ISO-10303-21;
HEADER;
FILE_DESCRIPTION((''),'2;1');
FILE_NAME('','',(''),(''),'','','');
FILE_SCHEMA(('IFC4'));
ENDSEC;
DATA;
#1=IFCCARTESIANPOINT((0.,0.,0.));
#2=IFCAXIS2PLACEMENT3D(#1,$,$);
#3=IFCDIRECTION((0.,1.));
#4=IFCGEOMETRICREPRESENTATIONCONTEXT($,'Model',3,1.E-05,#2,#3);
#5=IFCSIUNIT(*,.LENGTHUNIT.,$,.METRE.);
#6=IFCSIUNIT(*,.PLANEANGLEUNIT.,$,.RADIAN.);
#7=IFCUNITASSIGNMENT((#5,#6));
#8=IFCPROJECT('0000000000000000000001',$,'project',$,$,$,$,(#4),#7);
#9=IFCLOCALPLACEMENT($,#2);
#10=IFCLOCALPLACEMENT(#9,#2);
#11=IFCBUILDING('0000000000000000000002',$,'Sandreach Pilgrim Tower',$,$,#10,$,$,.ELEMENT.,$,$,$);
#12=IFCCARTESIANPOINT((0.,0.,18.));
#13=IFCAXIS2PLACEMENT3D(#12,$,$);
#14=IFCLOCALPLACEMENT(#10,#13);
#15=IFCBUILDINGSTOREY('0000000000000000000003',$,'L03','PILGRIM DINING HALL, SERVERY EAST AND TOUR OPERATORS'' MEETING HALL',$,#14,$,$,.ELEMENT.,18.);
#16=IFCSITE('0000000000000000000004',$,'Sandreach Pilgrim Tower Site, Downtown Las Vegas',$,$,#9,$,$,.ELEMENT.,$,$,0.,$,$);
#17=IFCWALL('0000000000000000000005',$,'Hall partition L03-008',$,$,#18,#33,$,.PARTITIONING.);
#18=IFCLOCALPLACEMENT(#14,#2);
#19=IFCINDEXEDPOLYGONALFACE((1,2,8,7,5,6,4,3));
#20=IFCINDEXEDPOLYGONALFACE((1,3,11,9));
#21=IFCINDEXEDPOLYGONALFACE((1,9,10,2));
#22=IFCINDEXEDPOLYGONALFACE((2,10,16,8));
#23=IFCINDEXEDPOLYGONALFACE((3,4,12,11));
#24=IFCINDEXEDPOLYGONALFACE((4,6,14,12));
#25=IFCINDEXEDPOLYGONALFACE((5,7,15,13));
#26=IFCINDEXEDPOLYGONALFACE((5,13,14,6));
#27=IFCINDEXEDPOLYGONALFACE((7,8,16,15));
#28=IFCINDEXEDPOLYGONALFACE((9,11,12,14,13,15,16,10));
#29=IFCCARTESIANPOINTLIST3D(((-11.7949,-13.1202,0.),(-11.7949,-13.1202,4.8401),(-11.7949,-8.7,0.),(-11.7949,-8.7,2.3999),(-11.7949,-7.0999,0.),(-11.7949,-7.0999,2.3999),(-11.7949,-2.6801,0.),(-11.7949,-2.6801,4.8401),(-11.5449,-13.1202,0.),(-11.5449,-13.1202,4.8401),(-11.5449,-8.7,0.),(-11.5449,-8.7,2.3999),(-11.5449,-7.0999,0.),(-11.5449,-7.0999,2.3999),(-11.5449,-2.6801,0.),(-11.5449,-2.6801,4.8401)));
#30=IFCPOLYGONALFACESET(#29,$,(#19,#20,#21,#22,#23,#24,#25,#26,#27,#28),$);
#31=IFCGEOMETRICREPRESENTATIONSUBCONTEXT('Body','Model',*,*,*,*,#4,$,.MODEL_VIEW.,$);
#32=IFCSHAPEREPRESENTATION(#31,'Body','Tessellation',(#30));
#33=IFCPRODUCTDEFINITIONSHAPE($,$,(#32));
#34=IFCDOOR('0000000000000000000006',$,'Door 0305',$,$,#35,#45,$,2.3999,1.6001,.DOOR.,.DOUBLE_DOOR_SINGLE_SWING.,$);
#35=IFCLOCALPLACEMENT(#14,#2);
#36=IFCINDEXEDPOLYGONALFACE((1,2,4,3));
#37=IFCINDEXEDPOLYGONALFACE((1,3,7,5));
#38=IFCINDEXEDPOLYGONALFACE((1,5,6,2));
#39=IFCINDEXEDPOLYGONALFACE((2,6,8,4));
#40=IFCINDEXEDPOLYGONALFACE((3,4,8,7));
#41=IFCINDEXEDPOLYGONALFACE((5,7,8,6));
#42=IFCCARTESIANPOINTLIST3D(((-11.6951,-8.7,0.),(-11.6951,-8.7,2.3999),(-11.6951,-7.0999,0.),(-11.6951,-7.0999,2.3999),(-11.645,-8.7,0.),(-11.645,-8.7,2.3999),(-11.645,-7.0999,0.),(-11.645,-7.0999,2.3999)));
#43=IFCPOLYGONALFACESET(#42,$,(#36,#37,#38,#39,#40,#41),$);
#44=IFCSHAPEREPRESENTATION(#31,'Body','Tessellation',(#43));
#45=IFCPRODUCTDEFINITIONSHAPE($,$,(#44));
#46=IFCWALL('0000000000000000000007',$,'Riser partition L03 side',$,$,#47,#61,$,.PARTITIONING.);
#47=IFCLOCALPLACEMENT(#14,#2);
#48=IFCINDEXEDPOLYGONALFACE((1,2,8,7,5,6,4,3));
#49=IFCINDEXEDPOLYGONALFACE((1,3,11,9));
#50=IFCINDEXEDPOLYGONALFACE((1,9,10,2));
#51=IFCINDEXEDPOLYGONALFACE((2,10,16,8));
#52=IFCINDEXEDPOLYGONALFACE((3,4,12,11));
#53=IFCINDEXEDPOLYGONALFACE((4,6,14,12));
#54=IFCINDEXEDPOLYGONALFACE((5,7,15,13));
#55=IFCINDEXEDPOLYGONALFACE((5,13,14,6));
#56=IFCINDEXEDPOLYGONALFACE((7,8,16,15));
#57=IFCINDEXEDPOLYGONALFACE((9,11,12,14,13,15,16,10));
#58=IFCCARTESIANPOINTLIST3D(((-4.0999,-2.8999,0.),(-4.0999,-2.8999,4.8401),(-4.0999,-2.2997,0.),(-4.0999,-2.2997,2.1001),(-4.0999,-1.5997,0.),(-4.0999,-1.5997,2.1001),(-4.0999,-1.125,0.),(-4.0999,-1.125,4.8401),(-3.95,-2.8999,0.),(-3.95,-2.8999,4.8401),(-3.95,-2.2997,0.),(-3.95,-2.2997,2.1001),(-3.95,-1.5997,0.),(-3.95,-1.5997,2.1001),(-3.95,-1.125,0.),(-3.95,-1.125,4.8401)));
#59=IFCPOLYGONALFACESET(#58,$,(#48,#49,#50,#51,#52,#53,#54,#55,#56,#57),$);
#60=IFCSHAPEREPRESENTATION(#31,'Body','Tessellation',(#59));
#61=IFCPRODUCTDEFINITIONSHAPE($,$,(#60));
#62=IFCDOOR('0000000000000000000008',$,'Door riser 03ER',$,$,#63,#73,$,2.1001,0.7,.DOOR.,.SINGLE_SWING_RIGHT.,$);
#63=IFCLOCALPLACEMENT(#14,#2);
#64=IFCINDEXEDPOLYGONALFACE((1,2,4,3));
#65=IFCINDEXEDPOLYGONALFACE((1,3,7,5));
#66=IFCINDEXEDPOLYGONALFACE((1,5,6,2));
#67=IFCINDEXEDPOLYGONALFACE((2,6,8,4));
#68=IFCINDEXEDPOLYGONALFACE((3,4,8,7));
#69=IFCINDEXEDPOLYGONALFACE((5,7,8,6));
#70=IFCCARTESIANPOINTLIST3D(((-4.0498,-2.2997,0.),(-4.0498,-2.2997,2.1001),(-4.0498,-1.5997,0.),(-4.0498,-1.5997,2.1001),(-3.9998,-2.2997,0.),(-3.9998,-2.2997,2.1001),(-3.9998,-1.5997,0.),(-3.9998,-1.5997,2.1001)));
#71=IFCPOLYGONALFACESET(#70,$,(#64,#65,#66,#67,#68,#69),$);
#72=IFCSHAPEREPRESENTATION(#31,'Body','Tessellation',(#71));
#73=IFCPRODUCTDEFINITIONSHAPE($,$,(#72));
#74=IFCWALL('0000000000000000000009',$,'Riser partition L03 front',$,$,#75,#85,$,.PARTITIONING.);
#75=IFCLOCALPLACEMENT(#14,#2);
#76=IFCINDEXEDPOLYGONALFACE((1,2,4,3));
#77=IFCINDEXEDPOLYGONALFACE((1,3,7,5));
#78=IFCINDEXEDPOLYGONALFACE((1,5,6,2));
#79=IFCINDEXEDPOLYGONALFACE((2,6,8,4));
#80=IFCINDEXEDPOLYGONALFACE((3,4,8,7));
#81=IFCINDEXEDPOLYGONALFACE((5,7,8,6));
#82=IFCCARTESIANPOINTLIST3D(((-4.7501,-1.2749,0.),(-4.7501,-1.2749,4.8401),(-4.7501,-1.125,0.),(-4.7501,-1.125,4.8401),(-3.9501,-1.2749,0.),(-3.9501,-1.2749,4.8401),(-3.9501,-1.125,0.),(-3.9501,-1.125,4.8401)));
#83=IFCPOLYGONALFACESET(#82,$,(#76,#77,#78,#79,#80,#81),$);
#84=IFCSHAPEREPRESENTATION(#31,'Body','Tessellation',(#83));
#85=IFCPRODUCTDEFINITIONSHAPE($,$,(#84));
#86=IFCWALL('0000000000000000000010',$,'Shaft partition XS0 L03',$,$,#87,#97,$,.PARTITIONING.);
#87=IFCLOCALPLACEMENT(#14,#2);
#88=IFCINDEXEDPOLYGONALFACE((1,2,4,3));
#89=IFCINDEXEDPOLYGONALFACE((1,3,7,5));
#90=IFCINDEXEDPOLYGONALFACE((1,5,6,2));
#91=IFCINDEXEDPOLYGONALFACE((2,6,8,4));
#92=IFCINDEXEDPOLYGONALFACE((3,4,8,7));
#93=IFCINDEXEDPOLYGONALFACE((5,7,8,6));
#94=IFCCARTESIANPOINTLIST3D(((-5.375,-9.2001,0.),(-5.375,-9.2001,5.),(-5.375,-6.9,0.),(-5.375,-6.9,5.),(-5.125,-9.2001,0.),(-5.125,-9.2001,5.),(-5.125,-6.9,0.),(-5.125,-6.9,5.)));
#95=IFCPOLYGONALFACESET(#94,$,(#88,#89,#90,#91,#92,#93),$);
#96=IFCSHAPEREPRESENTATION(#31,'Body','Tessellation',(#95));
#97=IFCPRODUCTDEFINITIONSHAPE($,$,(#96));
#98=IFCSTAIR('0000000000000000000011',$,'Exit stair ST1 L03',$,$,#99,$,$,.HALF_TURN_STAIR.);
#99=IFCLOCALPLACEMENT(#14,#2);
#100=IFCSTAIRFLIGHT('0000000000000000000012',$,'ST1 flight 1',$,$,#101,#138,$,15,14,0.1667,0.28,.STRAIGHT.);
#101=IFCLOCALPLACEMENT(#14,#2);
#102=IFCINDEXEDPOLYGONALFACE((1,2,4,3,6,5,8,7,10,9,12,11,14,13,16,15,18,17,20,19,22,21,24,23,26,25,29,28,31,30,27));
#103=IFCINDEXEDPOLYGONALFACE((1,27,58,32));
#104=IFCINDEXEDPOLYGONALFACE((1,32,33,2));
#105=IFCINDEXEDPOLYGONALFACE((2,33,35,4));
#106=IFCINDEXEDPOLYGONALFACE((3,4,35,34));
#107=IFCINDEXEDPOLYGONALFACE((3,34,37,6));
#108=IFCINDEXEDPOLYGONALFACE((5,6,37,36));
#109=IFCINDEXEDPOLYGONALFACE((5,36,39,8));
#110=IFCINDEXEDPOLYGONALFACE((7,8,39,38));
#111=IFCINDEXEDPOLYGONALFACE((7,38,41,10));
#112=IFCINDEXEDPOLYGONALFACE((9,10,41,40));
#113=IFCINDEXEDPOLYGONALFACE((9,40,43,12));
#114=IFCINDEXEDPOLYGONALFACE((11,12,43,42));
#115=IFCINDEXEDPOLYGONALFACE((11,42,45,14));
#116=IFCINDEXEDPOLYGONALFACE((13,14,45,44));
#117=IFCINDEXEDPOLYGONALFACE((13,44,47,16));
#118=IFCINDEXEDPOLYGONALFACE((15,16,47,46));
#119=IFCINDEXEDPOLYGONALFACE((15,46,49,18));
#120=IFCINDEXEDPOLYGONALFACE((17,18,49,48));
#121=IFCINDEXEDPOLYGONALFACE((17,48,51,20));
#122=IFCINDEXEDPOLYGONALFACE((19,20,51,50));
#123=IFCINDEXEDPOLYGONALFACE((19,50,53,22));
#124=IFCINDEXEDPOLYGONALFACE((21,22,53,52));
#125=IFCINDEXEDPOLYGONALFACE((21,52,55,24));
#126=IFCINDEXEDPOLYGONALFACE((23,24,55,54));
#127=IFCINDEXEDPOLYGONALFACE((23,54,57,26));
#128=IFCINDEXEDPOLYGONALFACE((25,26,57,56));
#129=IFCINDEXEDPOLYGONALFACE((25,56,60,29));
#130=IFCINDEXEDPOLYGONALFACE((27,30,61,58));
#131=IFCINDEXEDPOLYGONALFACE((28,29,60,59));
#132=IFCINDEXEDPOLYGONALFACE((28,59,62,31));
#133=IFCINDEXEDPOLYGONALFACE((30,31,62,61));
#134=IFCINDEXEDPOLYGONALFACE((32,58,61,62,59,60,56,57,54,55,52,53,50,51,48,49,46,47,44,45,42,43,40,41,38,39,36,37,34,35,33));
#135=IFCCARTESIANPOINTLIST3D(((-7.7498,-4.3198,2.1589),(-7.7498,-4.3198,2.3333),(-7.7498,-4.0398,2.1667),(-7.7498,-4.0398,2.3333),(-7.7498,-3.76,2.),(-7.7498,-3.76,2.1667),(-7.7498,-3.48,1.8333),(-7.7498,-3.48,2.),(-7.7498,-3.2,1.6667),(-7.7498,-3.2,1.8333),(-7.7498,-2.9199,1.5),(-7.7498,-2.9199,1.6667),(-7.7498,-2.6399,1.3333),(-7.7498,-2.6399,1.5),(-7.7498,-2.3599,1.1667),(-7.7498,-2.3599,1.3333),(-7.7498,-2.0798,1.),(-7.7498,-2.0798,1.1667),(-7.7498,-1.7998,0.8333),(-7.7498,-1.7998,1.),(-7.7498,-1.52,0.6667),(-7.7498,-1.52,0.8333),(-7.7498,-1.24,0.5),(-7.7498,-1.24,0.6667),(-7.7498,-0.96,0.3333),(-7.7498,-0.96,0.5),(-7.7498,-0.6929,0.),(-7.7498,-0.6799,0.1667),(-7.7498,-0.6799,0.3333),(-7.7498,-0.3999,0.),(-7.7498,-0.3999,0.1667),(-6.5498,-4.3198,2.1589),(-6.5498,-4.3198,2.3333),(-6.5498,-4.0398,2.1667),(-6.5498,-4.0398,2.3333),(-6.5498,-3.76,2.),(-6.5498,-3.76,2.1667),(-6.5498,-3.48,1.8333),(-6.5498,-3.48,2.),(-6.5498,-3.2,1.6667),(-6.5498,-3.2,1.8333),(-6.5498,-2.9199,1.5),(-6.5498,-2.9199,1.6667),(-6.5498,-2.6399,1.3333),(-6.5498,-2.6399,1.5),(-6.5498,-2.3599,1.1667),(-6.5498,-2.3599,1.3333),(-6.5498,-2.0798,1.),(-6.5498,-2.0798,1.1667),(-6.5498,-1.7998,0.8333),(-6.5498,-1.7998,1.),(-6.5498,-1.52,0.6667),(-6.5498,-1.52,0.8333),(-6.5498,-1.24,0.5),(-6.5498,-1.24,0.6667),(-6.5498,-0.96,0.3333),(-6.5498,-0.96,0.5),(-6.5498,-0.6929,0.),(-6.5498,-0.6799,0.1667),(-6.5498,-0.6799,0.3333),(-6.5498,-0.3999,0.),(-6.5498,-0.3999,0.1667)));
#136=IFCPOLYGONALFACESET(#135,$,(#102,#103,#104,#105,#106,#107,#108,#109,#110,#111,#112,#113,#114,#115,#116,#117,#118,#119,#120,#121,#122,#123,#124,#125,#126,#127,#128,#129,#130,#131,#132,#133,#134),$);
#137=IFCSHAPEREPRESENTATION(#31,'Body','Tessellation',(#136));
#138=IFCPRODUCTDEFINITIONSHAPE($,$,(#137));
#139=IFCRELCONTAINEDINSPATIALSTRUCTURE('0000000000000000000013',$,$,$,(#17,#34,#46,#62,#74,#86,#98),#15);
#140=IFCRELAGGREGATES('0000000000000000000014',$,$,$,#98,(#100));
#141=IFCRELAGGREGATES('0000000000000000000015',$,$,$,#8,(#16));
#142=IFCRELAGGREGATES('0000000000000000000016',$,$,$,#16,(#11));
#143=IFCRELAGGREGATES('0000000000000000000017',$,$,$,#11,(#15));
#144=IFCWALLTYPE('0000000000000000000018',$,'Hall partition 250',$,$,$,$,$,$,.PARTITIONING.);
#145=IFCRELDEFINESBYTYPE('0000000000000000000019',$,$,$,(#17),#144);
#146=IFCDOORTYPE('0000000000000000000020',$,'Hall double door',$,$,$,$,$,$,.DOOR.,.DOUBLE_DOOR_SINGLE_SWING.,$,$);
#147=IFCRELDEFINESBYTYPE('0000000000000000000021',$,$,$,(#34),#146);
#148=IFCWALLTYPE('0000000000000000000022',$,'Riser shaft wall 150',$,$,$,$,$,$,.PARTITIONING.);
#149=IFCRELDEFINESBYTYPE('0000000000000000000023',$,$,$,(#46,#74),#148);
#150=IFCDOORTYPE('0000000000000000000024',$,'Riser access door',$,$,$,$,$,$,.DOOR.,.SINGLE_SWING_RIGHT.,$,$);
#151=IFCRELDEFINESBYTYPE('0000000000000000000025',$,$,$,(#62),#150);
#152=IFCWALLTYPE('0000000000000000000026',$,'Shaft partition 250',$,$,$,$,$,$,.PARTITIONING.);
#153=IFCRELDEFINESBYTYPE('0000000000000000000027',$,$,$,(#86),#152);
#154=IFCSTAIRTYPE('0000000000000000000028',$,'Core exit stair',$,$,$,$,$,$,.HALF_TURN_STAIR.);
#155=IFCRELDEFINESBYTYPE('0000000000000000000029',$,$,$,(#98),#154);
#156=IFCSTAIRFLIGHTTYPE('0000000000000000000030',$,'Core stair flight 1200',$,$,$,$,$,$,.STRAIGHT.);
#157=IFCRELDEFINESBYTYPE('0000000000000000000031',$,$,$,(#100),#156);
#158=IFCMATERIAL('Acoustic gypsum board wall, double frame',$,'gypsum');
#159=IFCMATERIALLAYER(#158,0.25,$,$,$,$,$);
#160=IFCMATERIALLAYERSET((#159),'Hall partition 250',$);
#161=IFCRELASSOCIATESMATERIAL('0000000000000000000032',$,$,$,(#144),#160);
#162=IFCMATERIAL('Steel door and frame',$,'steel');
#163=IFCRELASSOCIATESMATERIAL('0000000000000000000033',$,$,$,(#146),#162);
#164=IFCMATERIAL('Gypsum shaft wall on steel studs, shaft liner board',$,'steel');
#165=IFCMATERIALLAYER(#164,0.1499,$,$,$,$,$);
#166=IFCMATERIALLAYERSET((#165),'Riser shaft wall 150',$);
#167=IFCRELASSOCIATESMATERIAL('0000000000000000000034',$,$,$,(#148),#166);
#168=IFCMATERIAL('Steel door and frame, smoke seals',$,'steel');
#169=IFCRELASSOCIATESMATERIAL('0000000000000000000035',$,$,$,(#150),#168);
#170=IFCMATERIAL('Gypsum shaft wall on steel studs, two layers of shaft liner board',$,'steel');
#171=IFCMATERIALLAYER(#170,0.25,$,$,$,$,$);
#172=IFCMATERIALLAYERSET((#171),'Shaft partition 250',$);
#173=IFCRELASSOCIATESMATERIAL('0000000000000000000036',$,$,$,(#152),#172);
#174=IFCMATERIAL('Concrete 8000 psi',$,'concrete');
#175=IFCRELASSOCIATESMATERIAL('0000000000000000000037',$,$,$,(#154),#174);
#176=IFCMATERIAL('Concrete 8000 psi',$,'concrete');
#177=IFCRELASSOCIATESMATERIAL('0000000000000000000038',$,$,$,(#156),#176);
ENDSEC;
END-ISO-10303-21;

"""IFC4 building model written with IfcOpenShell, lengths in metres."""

from ifc_helpers import new_model, si_unit, direction, frame, frame_2d, origin, place, context, subcontext, project, spatial, polyline, rectangle, outline, extrude, material, layer, layer_set, type_object, element, fill, aggregate, save


model = new_model("IFC4")

# Units and contexts
model_context = context("Model", 3, precision=1e-05, world=origin(), true_north=direction((0.0, 1.0)))
body_context = subcontext(model_context, "Body", "Model", "MODEL_VIEW")
ifc_project = project(units=[si_unit("LENGTHUNIT", "METRE"), si_unit("PLANEANGLEUNIT", "RADIAN")], contexts=[model_context])

# Site, building, storey
site_placement = place(None, origin())
site = spatial("IfcSite", under=ifc_project, at=site_placement, Name="Sandreach Pilgrim Tower Site, Downtown Las Vegas", CompositionType="ELEMENT", RefElevation=0.0)
building_placement = place(site_placement, origin())
building = spatial("IfcBuilding", under=site, at=building_placement, Name="Sandreach Pilgrim Tower", CompositionType="ELEMENT")
storey_placement = place(building_placement, frame((0.0, 0.0, 18.0)))
storey = spatial("IfcBuildingStorey", under=building, at=storey_placement, Name="L03", Description="PILGRIM DINING HALL, SERVERY EAST AND TOUR OPERATORS' MEETING HALL", CompositionType="ELEMENT", Elevation=18.0)

# Walls, openings, doors
ifc_material_1 = material(Name="Acoustic gypsum board wall, double frame", Category="gypsum")
ifc_layer_1 = layer(ifc_material_1, 0.25)
ifc_layer_set_1 = layer_set([ifc_layer_1], Name="Hall partition 250")
wall_type_1 = type_object("IfcWallType", Name="Hall partition 250", PredefinedType="PARTITIONING", material=ifc_layer_set_1)
wall_1_placement = place(storey_placement, frame((-11.6699, -2.6799, 0.0), z_axis=(0.0, 0.0, 1.0), x_axis=(0.0, -1.0, 0.0)))
wall_1 = element("IfcWall", 1, at=wall_1_placement, inside=storey, type_object=wall_type_1, Name="Hall partition L03-008", PredefinedType="PARTITIONING", context=body_context, shape_type="SweptSolid", body=[
    extrude(rectangle(XDim=10.4402, YDim=0.25, at=frame_2d((5.2202, 0.0))), origin(), (0.0, 0.0, 1.0), 4.8401),
])
opening_1_placement = place(wall_1_placement, frame((4.4199, 0.0, 0.0)))
opening_1 = element("IfcOpeningElement", 2, at=opening_1_placement, cuts=wall_1, PredefinedType="OPENING", context=body_context, shape_type="SweptSolid", body=[
    extrude(rectangle(XDim=1.6001, YDim=2.3999, at=frame_2d((0.8, 1.2))), frame((0.0, 0.125, 0.0), z_axis=(0.0, -1.0, 0.0), x_axis=(1.0, 0.0, 0.0)), (0.0, 0.0, 1.0), 0.25),
])
ifc_material_2 = material(Name="Steel door and frame", Category="steel")
door_type_1 = type_object("IfcDoorType", Name="Hall double door", OperationType="DOUBLE_DOOR_SINGLE_SWING", PredefinedType="DOOR", material=ifc_material_2)
door_1_placement = place(opening_1_placement, origin())
door_1 = element("IfcDoor", 3, at=door_1_placement, inside=storey, type_object=door_type_1, Name="Door 0305", OperationType="DOUBLE_DOOR_SINGLE_SWING", OverallHeight=2.3999, OverallWidth=1.6001, PredefinedType="DOOR", context=body_context, shape_type="SweptSolid", body=[
    extrude(rectangle(XDim=1.6001, YDim=2.3999, at=frame_2d((0.8, 1.2))), frame((0.0, 0.0249, 0.0), z_axis=(0.0, -1.0, 0.0), x_axis=(1.0, 0.0, 0.0)), (0.0, 0.0, 1.0), 0.05),
])
fill(opening_1, door_1)
ifc_material_3 = material(Name="Gypsum shaft wall on steel studs, shaft liner board", Category="steel")
ifc_layer_2 = layer(ifc_material_3, 0.1499)
ifc_layer_set_2 = layer_set([ifc_layer_2], Name="Riser shaft wall 150")
wall_type_2 = type_object("IfcWallType", Name="Riser shaft wall 150", PredefinedType="PARTITIONING", material=ifc_layer_set_2)
wall_2_placement = place(storey_placement, frame((-4.0249, -2.8999, 0.0), z_axis=(0.0, 0.0, 1.0), x_axis=(0.0, 1.0, 0.0)))
wall_2 = element("IfcWall", 4, at=wall_2_placement, inside=storey, type_object=wall_type_2, Name="Riser partition L03 side", PredefinedType="PARTITIONING", context=body_context, shape_type="SweptSolid", body=[
    extrude(rectangle(XDim=1.7749, YDim=0.1499, at=frame_2d((0.8875, 0.0))), origin(), (0.0, 0.0, 1.0), 4.8401),
])
opening_2_placement = place(wall_2_placement, frame((0.6001, 0.0, 0.0)))
opening_2 = element("IfcOpeningElement", 5, at=opening_2_placement, cuts=wall_2, PredefinedType="OPENING", context=body_context, shape_type="SweptSolid", body=[
    extrude(rectangle(XDim=0.7, YDim=2.1001, at=frame_2d((0.3501, 1.05))), frame((0.0, 0.075, 0.0), z_axis=(0.0, -1.0, 0.0), x_axis=(1.0, 0.0, 0.0)), (0.0, 0.0, 1.0), 0.1499),
])
ifc_material_4 = material(Name="Steel door and frame, smoke seals", Category="steel")
door_type_2 = type_object("IfcDoorType", Name="Riser access door", OperationType="SINGLE_SWING_RIGHT", PredefinedType="DOOR", material=ifc_material_4)
door_2_placement = place(opening_2_placement, origin())
door_2 = element("IfcDoor", 6, at=door_2_placement, inside=storey, type_object=door_type_2, Name="Door riser 03ER", OperationType="SINGLE_SWING_RIGHT", OverallHeight=2.1001, OverallWidth=0.7, PredefinedType="DOOR", context=body_context, shape_type="SweptSolid", body=[
    extrude(rectangle(XDim=0.7, YDim=2.1001, at=frame_2d((0.3501, 1.05))), frame((0.0, 0.0249, 0.0), z_axis=(0.0, -1.0, 0.0), x_axis=(1.0, 0.0, 0.0)), (0.0, 0.0, 1.0), 0.05),
])
fill(opening_2, door_2)

# Walls
wall_3_placement = place(storey_placement, frame((-4.75, -1.2, 0.0), z_axis=(0.0, 0.0, 1.0), x_axis=(1.0, 0.0, 0.0)))
element("IfcWall", 7, at=wall_3_placement, inside=storey, type_object=wall_type_2, Name="Riser partition L03 front", PredefinedType="PARTITIONING", context=body_context, shape_type="SweptSolid", body=[
    extrude(rectangle(XDim=0.8, YDim=0.1499, at=frame_2d((0.3999, 0.0))), origin(), (0.0, 0.0, 1.0), 4.8401),
])
ifc_material_5 = material(Name="Gypsum shaft wall on steel studs, two layers of shaft liner board", Category="steel")
ifc_layer_3 = layer(ifc_material_5, 0.25)
ifc_layer_set_3 = layer_set([ifc_layer_3], Name="Shaft partition 250")
wall_type_3 = type_object("IfcWallType", Name="Shaft partition 250", PredefinedType="PARTITIONING", material=ifc_layer_set_3)
wall_4_placement = place(storey_placement, frame((-5.25, -9.2, 0.0), z_axis=(0.0, 0.0, 1.0), x_axis=(0.0, 1.0, 0.0)))
element("IfcWall", 8, at=wall_4_placement, inside=storey, type_object=wall_type_3, Name="Shaft partition XS0 L03", PredefinedType="PARTITIONING", context=body_context, shape_type="SweptSolid", body=[
    extrude(rectangle(XDim=2.3, YDim=0.25, at=frame_2d((1.1499, 0.0))), origin(), (0.0, 0.0, 1.0), 5.0),
])

# Stair, stair flight
ifc_material_6 = material(Name="Concrete 8000 psi", Category="concrete")
stair_type = type_object("IfcStairType", Name="Core exit stair", PredefinedType="HALF_TURN_STAIR", material=ifc_material_6)
stair_placement = place(storey_placement, origin())
stair = element("IfcStair", 9, at=stair_placement, inside=storey, type_object=stair_type, Name="Exit stair ST1 L03", PredefinedType="HALF_TURN_STAIR")
ifc_material_7 = material(Name="Concrete 8000 psi", Category="concrete")
stair_flight_type = type_object("IfcStairFlightType", Name="Core stair flight 1200", PredefinedType="STRAIGHT", material=ifc_material_7)
stair_flight_1_placement = place(storey_placement, frame((-7.1499, -0.3999, 0.0), z_axis=(0.0, 0.0, 1.0), x_axis=(0.0, -1.0, 0.0)))
stair_flight_1 = element("IfcStairFlight", 10, at=stair_flight_1_placement, type_object=stair_flight_type, Name="ST1 flight 1", NumberOfRisers=15, NumberOfTreads=14, PredefinedType="STRAIGHT", RiserHeight=0.1667, TreadLength=0.28, context=body_context, shape_type="SweptSolid", body=[
    extrude(outline(polyline([(0.0, 0.0), (0.0, 0.1667), (0.28, 0.1667), (0.28, 0.3333), (0.5601, 0.3333), (0.5601, 0.5), (0.8401, 0.5), (0.8401, 0.6667), (1.1201, 0.6667), (1.1201, 0.8333), (1.3999, 0.8333), (1.3999, 1.0), (1.6799, 1.0), (1.6799, 1.1667), (1.96, 1.1667), (1.96, 1.3333), (2.24, 1.3333), (2.24, 1.5), (2.52, 1.5), (2.52, 1.6667), (2.8, 1.6667), (2.8, 1.8333), (3.0801, 1.8333), (3.0801, 2.0), (3.3601, 2.0), (3.3601, 2.1667), (3.6399, 2.1667), (3.6399, 2.3333), (3.9199, 2.3333), (3.9199, 2.5), (3.9199, 2.1589), (0.293, 0.0), (0.0, 0.0)])), frame((0.0, 0.6001, 0.0), z_axis=(0.0, -1.0, 0.0), x_axis=(1.0, 0.0, 0.0)), (0.0, 0.0, 1.0), 1.2),
])
aggregate(stair, [stair_flight_1])

save(model, "model.ifc")
